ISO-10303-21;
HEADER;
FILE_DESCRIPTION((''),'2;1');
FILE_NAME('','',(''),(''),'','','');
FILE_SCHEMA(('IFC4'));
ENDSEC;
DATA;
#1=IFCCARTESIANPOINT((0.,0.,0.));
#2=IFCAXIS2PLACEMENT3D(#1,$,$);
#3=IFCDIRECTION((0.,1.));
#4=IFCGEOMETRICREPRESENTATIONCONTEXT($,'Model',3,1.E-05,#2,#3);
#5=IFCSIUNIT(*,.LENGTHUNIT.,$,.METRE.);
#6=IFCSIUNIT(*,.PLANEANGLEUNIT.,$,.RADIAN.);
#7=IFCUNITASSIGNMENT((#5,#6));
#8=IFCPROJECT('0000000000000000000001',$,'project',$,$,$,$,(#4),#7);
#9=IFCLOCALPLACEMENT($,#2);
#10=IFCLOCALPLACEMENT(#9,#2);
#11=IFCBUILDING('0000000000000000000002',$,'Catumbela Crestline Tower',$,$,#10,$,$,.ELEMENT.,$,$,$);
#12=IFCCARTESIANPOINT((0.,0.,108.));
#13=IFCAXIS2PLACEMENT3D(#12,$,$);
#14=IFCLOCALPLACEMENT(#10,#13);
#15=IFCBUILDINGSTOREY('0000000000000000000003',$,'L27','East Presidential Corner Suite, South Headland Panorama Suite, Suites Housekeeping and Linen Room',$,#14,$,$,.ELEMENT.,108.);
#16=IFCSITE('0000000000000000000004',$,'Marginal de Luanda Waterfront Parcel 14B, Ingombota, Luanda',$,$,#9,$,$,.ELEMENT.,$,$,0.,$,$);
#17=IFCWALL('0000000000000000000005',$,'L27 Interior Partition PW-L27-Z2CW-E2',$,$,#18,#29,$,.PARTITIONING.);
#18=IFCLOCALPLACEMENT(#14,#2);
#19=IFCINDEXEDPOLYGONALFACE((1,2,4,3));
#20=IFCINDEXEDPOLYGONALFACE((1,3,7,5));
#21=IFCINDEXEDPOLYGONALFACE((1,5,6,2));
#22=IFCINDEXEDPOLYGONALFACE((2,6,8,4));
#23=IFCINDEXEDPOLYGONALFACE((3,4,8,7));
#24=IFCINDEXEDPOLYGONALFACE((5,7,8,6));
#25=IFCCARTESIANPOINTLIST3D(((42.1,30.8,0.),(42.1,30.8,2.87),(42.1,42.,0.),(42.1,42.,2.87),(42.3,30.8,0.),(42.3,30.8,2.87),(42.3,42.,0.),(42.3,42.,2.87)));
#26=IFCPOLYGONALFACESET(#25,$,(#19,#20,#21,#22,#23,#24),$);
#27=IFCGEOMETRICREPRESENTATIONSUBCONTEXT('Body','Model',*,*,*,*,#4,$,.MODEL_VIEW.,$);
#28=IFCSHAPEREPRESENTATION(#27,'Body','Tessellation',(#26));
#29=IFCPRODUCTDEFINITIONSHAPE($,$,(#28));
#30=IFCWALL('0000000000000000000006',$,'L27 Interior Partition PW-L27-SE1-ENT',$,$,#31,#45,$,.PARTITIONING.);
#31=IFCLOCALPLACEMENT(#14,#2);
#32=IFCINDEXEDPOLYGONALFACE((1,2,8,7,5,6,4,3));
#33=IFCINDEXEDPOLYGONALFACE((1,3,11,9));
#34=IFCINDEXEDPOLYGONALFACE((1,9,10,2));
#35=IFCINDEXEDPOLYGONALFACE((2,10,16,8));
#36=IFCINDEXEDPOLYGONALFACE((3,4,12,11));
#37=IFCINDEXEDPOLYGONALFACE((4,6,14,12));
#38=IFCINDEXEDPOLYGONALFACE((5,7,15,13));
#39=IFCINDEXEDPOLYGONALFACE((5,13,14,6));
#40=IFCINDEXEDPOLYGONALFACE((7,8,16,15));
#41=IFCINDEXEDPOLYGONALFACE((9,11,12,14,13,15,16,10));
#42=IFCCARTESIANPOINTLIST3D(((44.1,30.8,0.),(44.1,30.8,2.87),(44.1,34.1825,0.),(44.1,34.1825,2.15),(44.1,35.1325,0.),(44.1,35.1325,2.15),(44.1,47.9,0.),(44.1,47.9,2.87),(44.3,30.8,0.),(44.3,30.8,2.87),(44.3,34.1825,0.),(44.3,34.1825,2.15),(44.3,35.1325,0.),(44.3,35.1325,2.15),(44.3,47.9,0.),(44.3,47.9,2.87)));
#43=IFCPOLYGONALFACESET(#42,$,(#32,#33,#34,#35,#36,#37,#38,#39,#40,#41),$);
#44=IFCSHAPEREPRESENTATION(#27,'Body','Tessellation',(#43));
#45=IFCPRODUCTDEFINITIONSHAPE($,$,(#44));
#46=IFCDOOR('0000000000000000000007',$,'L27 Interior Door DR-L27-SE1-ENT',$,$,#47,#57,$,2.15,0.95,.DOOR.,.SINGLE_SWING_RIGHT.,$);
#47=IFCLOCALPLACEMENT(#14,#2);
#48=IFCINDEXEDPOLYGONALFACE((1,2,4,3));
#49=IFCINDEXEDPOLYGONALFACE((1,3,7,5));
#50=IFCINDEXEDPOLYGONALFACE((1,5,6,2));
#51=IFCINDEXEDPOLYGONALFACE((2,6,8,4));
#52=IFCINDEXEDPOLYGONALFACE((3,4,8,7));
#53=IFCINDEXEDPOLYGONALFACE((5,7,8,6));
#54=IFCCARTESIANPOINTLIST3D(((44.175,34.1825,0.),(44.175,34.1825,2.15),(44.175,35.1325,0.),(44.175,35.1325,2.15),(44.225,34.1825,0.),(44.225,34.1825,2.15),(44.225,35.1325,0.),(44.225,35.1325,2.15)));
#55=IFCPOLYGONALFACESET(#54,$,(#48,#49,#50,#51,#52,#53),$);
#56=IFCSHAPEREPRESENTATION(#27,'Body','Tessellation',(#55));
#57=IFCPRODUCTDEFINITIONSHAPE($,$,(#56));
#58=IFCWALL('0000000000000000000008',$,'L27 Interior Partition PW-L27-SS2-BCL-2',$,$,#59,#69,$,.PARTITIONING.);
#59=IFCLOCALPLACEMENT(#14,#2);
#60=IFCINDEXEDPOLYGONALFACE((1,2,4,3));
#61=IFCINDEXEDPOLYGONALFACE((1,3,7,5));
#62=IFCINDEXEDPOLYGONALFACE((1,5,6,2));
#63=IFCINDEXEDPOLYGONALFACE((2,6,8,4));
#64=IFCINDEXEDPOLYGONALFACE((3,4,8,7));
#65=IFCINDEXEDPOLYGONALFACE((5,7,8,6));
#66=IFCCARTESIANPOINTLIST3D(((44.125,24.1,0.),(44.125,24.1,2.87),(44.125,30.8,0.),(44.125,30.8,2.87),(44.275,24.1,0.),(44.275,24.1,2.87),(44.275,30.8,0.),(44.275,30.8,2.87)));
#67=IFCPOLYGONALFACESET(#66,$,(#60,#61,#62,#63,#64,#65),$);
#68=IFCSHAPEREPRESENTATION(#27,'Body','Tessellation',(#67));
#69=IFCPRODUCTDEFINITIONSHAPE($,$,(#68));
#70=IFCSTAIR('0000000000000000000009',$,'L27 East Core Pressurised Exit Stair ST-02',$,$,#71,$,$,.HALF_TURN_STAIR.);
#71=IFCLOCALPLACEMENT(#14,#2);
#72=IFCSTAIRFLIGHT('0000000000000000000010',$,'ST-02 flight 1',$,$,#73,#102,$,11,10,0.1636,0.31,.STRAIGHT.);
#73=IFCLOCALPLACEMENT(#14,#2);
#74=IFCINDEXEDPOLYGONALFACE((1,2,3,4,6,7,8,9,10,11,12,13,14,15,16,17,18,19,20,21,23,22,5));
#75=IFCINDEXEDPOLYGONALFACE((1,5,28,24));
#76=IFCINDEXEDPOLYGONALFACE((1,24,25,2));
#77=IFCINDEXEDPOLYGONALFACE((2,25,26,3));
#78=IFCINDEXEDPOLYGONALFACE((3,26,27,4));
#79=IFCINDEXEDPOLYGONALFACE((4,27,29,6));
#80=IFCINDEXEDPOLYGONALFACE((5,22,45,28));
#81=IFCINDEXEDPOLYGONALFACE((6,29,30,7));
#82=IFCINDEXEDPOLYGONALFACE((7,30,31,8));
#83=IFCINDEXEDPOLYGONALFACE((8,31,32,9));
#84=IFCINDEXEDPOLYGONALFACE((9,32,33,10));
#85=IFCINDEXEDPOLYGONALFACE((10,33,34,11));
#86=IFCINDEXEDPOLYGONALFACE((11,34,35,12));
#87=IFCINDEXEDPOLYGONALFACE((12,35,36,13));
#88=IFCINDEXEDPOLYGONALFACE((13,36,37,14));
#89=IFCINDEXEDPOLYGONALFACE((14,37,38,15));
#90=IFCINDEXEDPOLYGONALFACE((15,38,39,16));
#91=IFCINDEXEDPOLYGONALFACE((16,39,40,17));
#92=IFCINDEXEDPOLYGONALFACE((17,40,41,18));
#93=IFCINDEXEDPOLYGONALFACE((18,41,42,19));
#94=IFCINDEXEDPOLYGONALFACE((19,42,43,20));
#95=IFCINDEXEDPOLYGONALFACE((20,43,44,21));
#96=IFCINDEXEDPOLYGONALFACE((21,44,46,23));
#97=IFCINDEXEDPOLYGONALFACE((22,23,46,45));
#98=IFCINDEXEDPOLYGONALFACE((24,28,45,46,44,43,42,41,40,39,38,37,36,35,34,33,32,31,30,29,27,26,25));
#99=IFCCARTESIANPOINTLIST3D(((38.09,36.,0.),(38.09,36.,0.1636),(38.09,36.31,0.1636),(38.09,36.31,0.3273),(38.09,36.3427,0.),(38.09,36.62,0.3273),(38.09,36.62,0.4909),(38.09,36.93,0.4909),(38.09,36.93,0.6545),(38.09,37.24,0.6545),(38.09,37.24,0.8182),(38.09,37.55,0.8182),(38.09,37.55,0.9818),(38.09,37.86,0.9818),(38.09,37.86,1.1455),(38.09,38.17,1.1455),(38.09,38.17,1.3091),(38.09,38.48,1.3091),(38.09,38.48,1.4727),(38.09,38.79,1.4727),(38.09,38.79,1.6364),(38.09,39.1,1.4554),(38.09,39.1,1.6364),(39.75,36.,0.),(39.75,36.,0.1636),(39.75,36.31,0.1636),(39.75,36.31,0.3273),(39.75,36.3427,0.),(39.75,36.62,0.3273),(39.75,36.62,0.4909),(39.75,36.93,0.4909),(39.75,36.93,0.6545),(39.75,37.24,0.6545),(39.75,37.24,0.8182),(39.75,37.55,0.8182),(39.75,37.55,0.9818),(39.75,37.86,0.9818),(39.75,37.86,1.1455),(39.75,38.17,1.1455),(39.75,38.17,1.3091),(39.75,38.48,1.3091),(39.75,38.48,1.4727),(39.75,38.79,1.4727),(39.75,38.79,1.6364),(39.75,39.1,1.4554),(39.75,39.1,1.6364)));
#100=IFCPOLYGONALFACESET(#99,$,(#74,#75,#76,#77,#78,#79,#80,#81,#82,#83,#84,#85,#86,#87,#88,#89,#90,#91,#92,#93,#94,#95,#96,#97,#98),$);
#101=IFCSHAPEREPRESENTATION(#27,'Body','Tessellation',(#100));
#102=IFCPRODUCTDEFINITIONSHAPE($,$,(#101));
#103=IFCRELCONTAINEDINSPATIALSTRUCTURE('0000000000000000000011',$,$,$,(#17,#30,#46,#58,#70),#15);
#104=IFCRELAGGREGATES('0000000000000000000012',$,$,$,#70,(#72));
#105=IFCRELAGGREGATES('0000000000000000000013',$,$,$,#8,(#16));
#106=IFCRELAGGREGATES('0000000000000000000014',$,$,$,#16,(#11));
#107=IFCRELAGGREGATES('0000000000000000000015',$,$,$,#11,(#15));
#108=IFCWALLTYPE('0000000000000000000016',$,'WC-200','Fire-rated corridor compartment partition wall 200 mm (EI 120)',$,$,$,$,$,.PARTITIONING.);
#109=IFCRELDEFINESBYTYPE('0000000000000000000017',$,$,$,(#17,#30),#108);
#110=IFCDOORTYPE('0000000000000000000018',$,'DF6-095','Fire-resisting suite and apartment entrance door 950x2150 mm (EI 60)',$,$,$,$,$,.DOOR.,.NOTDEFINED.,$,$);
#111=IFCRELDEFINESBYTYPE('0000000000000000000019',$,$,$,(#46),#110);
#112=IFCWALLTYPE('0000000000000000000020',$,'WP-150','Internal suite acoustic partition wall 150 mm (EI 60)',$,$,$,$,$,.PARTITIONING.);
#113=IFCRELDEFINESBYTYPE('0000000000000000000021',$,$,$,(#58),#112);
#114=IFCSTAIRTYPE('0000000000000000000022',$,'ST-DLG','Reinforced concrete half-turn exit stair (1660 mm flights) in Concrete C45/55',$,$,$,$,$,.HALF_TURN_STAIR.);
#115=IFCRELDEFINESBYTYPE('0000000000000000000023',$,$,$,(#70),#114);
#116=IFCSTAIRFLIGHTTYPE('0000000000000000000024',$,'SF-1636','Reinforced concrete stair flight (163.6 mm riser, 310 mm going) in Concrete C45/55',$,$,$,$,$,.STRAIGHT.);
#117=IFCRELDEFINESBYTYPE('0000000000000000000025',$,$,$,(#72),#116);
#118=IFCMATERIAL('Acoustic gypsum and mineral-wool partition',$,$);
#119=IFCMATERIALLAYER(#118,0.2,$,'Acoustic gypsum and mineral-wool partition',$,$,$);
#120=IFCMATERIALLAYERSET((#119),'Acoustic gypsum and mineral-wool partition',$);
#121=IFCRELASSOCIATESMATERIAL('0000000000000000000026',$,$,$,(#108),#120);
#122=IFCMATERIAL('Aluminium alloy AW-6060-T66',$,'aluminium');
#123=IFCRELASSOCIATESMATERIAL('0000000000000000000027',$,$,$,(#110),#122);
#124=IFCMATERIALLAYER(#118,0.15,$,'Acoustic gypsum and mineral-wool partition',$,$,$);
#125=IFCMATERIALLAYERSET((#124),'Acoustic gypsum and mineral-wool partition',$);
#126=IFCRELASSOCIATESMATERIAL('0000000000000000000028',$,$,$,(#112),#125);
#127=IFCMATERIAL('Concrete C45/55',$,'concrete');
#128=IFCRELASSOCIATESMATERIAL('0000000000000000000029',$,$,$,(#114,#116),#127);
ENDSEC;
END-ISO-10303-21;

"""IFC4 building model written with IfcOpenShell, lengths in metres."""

from ifc_helpers import new_model, si_unit, direction, frame, frame_2d, origin, place, context, subcontext, project, spatial, polyline, rectangle, outline, extrude, material, layer, layer_set, type_object, element, fill, aggregate, save


model = new_model("IFC4")

# Units and contexts
model_context = context("Model", 3, precision=1e-05, world=origin(), true_north=direction((0.0, 1.0)))
body_context = subcontext(model_context, "Body", "Model", "MODEL_VIEW")
ifc_project = project(units=[si_unit("LENGTHUNIT", "METRE"), si_unit("PLANEANGLEUNIT", "RADIAN")], contexts=[model_context])

# Site, building, storey
site_placement = place(None, origin())
site = spatial("IfcSite", under=ifc_project, at=site_placement, Name="Marginal de Luanda Waterfront Parcel 14B, Ingombota, Luanda", CompositionType="ELEMENT", RefElevation=0.0)
building_placement = place(site_placement, origin())
building = spatial("IfcBuilding", under=site, at=building_placement, Name="Catumbela Crestline Tower", CompositionType="ELEMENT")
storey_placement = place(building_placement, frame((0.0, 0.0, 108.0)))
storey = spatial("IfcBuildingStorey", under=building, at=storey_placement, Name="L27", Description="East Presidential Corner Suite, South Headland Panorama Suite, Suites Housekeeping and Linen Room", CompositionType="ELEMENT", Elevation=108.0)

# Shared definitions
ifc_material_1 = material(Name="Aluminium alloy AW-6060-T66", Category="aluminium")

# Wall
ifc_material_2 = material(Name="Acoustic gypsum and mineral-wool partition")
ifc_layer_1 = layer(ifc_material_2, 0.2, Name="Acoustic gypsum and mineral-wool partition")
ifc_layer_set_1 = layer_set([ifc_layer_1], Name="Acoustic gypsum and mineral-wool partition")
wall_type_1 = type_object("IfcWallType", Name="WC-200", Description="Fire-rated corridor compartment partition wall 200 mm (EI 120)", PredefinedType="PARTITIONING", material=ifc_layer_set_1)
wall_1_placement = place(storey_placement, frame((42.2, 30.8, 0.0), z_axis=(0.0, 0.0, 1.0), x_axis=(0.0, 1.0, 0.0)))
element("IfcWall", 1, at=wall_1_placement, inside=storey, type_object=wall_type_1, Name="L27 Interior Partition PW-L27-Z2CW-E2", PredefinedType="PARTITIONING", context=body_context, shape_type="SweptSolid", body=[
    extrude(rectangle(XDim=11.2, YDim=0.2, at=frame_2d((5.6, 0.0))), origin(), (0.0, 0.0, 1.0), 2.87),
])

# Wall, opening, door
wall_2_placement = place(storey_placement, frame((44.2, 30.8, 0.0), z_axis=(0.0, 0.0, 1.0), x_axis=(0.0, 1.0, 0.0)))
wall_2 = element("IfcWall", 2, at=wall_2_placement, inside=storey, type_object=wall_type_1, Name="L27 Interior Partition PW-L27-SE1-ENT", PredefinedType="PARTITIONING", context=body_context, shape_type="SweptSolid", body=[
    extrude(rectangle(XDim=17.1, YDim=0.2, at=frame_2d((8.55, 0.0))), origin(), (0.0, 0.0, 1.0), 2.87),
])
opening_placement = place(wall_2_placement, frame((3.3825, 0.0, 0.0)))
opening = element("IfcOpeningElement", 3, at=opening_placement, cuts=wall_2, PredefinedType="OPENING", context=body_context, shape_type="SweptSolid", body=[
    extrude(rectangle(XDim=0.95, YDim=2.15, at=frame_2d((0.475, 1.075))), frame((0.0, 0.11, 0.0), z_axis=(0.0, -1.0, 0.0), x_axis=(1.0, 0.0, 0.0)), (0.0, 0.0, 1.0), 0.22),
])
door_type = type_object("IfcDoorType", Name="DF6-095", Description="Fire-resisting suite and apartment entrance door 950x2150 mm (EI 60)", OperationType="NOTDEFINED", PredefinedType="DOOR", material=ifc_material_1)
door_placement = place(opening_placement, origin())
door = element("IfcDoor", 4, at=door_placement, inside=storey, type_object=door_type, Name="L27 Interior Door DR-L27-SE1-ENT", OperationType="SINGLE_SWING_RIGHT", OverallHeight=2.15, OverallWidth=0.95, PredefinedType="DOOR", context=body_context, shape_type="SweptSolid", body=[
    extrude(rectangle(XDim=0.95, YDim=2.15, at=frame_2d((0.475, 1.075))), frame((0.0, 0.025, 0.0), z_axis=(0.0, -1.0, 0.0), x_axis=(1.0, 0.0, 0.0)), (0.0, 0.0, 1.0), 0.05),
])
fill(opening, door)

# Wall
ifc_layer_2 = layer(ifc_material_2, 0.15, Name="Acoustic gypsum and mineral-wool partition")
ifc_layer_set_2 = layer_set([ifc_layer_2], Name="Acoustic gypsum and mineral-wool partition")
wall_type_2 = type_object("IfcWallType", Name="WP-150", Description="Internal suite acoustic partition wall 150 mm (EI 60)", PredefinedType="PARTITIONING", material=ifc_layer_set_2)
wall_3_placement = place(storey_placement, frame((44.2, 30.8, 0.0), z_axis=(0.0, 0.0, 1.0), x_axis=(0.0, -1.0, 0.0)))
element("IfcWall", 5, at=wall_3_placement, inside=storey, type_object=wall_type_2, Name="L27 Interior Partition PW-L27-SS2-BCL-2", PredefinedType="PARTITIONING", context=body_context, shape_type="SweptSolid", body=[
    extrude(rectangle(XDim=6.7, YDim=0.15, at=frame_2d((3.35, 0.0))), origin(), (0.0, 0.0, 1.0), 2.87),
])

# Stair, stair flight
ifc_material_3 = material(Name="Concrete C45/55", Category="concrete")
stair_type = type_object("IfcStairType", Name="ST-DLG", Description="Reinforced concrete half-turn exit stair (1660 mm flights) in Concrete C45/55", PredefinedType="HALF_TURN_STAIR", material=ifc_material_3)
stair_placement = place(storey_placement, origin())
stair = element("IfcStair", 6, at=stair_placement, inside=storey, type_object=stair_type, Name="L27 East Core Pressurised Exit Stair ST-02", PredefinedType="HALF_TURN_STAIR")
stair_flight_type = type_object("IfcStairFlightType", Name="SF-1636", Description="Reinforced concrete stair flight (163.6 mm riser, 310 mm going) in Concrete C45/55", PredefinedType="STRAIGHT", material=ifc_material_3)
stair_flight_placement = place(storey_placement, frame((38.92, 36.0, 0.0), z_axis=(0.0, 0.0, 1.0), x_axis=(0.0, 1.0, 0.0)))
stair_flight = element("IfcStairFlight", 7, at=stair_flight_placement, type_object=stair_flight_type, Name="ST-02 flight 1", NumberOfRisers=11, NumberOfTreads=10, PredefinedType="STRAIGHT", RiserHeight=0.1636, TreadLength=0.31, context=body_context, shape_type="SweptSolid", body=[
    extrude(outline(polyline([(0.0, 0.0), (0.0, 0.1636), (0.31, 0.1636), (0.31, 0.3273), (0.62, 0.3273), (0.62, 0.4909), (0.93, 0.4909), (0.93, 0.6545), (1.24, 0.6545), (1.24, 0.8182), (1.55, 0.8182), (1.55, 0.9818), (1.86, 0.9818), (1.86, 1.1455), (2.17, 1.1455), (2.17, 1.3091), (2.48, 1.3091), (2.48, 1.4727), (2.79, 1.4727), (2.79, 1.6364), (3.1, 1.6364), (3.1, 1.8), (3.1, 1.4554), (0.3427, 0.0), (0.0, 0.0)])), frame((0.0, 0.83, 0.0), z_axis=(0.0, -1.0, 0.0), x_axis=(1.0, 0.0, 0.0)), (0.0, 0.0, 1.0), 1.66),
])
aggregate(stair, [stair_flight])

save(model, "model.ifc")
